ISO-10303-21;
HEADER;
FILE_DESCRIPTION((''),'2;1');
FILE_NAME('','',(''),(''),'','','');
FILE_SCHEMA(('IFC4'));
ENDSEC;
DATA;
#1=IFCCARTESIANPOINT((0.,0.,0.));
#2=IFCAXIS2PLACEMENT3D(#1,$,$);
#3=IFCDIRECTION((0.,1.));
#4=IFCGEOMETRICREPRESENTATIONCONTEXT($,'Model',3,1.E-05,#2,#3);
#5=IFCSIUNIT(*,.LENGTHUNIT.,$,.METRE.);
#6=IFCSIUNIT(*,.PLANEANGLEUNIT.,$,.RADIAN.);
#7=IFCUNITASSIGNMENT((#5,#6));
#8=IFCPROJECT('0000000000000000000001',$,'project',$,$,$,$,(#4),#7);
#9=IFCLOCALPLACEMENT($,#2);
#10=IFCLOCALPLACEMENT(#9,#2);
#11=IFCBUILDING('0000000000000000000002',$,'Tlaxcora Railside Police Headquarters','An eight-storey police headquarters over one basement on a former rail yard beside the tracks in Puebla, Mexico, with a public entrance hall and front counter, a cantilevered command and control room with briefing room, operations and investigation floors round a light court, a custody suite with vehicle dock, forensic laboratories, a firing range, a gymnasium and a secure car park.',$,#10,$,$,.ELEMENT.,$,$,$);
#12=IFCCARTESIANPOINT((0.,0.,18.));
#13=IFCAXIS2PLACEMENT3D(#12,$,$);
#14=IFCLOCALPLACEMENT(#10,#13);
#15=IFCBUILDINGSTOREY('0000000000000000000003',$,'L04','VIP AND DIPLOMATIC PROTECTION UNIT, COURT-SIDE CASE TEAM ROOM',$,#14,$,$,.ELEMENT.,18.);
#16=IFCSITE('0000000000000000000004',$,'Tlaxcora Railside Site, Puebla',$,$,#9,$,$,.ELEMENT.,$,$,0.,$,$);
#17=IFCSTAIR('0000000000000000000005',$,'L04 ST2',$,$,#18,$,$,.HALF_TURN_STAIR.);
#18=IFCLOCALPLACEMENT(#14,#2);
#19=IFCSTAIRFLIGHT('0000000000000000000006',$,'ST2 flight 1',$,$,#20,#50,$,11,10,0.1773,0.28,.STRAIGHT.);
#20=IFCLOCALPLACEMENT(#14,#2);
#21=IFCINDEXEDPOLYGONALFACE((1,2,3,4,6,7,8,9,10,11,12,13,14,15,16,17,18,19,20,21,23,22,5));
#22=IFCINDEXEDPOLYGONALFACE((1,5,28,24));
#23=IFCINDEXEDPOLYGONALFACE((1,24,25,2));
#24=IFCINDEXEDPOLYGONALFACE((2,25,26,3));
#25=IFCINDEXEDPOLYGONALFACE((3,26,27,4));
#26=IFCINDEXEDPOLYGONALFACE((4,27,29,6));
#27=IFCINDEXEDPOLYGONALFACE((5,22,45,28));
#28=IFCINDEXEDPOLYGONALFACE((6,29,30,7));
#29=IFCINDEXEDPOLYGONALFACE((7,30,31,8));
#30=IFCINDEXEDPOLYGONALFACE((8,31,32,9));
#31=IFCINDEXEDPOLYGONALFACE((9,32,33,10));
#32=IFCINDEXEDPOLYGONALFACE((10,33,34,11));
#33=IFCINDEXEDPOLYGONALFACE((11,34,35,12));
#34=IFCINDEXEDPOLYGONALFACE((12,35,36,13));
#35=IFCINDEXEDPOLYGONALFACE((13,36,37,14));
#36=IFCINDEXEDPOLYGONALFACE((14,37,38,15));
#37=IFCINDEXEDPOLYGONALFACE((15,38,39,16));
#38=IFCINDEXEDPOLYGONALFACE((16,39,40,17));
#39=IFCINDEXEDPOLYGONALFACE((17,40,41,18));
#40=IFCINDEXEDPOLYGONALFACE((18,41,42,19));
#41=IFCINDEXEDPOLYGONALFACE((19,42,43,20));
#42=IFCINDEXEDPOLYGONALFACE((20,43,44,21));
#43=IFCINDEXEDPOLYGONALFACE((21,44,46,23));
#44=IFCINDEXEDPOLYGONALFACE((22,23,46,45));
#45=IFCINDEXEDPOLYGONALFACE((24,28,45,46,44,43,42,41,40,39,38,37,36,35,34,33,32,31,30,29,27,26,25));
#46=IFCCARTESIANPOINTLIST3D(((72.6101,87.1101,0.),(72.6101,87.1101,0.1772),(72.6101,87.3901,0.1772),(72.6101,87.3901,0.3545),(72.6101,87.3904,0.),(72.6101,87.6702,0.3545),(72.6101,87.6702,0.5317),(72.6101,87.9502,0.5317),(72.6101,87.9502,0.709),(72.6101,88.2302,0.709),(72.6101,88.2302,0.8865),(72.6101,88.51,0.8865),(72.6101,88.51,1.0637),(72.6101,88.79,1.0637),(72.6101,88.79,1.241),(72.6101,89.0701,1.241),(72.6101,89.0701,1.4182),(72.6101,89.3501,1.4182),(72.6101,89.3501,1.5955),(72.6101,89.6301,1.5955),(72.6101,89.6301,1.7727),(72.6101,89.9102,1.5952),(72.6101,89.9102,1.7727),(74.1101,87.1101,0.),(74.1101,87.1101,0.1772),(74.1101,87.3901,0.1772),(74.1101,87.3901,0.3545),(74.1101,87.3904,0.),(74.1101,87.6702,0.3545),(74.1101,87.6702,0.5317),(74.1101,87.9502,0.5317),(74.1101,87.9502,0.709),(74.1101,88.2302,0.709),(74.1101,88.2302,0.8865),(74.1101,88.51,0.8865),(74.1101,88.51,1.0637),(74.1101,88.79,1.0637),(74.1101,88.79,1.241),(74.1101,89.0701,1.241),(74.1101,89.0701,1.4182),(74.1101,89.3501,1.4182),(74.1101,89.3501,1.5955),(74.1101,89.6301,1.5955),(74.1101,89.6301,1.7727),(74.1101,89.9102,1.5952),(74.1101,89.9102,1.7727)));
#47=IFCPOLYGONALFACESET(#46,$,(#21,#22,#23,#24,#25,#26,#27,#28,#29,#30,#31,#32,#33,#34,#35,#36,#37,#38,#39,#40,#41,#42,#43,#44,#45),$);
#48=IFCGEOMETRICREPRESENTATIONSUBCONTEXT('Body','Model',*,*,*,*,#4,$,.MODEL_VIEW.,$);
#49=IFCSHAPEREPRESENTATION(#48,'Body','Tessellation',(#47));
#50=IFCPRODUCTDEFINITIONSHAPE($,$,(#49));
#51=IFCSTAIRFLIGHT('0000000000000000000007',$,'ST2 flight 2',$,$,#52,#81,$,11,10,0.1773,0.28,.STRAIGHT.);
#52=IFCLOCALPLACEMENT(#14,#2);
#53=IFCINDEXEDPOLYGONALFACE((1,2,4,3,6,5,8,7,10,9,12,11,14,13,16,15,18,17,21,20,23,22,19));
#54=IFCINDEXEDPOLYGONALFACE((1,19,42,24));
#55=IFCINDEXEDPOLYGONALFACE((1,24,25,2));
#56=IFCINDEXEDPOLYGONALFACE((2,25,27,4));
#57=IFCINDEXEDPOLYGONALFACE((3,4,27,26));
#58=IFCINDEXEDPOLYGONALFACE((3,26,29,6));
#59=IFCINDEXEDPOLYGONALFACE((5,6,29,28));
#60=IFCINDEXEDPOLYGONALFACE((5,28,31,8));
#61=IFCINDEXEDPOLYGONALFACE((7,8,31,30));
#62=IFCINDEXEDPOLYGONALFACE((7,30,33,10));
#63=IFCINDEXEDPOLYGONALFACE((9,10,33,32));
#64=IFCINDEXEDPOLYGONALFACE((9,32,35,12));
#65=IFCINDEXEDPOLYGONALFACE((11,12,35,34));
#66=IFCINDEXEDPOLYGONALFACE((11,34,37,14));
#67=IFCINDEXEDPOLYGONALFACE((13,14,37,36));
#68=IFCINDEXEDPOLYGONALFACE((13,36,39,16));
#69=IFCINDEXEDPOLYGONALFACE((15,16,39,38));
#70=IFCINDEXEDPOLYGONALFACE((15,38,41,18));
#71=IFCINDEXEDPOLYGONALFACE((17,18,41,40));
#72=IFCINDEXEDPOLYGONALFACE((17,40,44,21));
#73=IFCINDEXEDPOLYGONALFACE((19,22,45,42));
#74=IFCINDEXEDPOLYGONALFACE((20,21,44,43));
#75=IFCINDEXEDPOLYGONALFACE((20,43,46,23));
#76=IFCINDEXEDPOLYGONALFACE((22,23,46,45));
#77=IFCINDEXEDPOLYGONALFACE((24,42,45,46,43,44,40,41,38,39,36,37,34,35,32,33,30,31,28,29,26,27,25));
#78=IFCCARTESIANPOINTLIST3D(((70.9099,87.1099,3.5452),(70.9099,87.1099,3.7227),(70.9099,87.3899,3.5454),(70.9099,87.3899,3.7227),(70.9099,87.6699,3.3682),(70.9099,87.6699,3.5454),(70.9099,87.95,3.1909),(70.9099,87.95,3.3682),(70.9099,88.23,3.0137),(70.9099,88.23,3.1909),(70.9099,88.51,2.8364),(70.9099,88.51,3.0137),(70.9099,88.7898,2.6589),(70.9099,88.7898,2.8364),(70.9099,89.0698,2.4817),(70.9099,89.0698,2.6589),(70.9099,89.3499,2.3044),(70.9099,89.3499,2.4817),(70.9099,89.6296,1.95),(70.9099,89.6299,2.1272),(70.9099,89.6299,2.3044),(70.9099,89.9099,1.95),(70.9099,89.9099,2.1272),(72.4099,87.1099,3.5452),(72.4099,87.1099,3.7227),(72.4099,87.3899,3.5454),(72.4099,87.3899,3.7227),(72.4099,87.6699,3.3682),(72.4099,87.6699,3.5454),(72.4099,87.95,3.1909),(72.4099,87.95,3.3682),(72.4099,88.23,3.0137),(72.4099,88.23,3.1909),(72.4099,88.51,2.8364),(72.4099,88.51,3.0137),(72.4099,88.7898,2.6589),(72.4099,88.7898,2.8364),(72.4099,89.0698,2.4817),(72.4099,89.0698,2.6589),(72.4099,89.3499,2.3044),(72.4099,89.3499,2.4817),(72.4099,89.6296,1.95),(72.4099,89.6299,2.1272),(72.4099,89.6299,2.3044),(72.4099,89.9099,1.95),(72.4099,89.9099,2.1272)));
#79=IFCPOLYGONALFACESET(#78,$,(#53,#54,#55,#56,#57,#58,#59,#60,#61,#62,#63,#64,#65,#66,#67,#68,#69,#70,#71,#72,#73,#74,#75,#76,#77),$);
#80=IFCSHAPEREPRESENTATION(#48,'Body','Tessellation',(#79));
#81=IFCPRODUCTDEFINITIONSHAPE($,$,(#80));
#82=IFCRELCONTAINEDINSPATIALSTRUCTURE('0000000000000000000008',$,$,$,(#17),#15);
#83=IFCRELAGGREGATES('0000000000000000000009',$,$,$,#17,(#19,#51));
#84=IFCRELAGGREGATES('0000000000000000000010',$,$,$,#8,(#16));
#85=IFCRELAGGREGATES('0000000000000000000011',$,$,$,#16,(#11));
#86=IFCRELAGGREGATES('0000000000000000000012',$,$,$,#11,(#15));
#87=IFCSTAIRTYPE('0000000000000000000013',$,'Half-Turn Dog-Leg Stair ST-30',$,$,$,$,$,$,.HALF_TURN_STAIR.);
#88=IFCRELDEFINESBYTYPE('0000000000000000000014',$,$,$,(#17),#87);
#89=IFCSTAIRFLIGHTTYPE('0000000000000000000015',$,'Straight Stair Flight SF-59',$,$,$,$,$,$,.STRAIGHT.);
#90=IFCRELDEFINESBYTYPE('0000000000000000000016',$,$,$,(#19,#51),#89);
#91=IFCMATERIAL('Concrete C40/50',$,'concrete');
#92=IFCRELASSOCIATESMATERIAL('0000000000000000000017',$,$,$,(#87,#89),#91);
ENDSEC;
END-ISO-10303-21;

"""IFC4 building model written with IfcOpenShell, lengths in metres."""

from ifc_helpers import new_model, si_unit, direction, frame, origin, place, context, subcontext, project, spatial, polyline, outline, extrude, material, type_object, element, aggregate, save


model = new_model("IFC4")

# Units and contexts
model_context = context("Model", 3, precision=1e-05, world=origin(), true_north=direction((0.0, 1.0)))
body_context = subcontext(model_context, "Body", "Model", "MODEL_VIEW")
ifc_project = project(units=[si_unit("LENGTHUNIT", "METRE"), si_unit("PLANEANGLEUNIT", "RADIAN")], contexts=[model_context])

# Site, building, storey
site_placement = place(None, origin())
site = spatial("IfcSite", under=ifc_project, at=site_placement, Name="Tlaxcora Railside Site, Puebla", CompositionType="ELEMENT", RefElevation=0.0)
building_placement = place(site_placement, origin())
building = spatial("IfcBuilding", under=site, at=building_placement, Name="Tlaxcora Railside Police Headquarters", Description="An eight-storey police headquarters over one basement on a former rail yard beside the tracks in Puebla, Mexico, with a public entrance hall and front counter, a cantilevered command and control room with briefing room, operations and investigation floors round a light court, a custody suite with vehicle dock, forensic laboratories, a firing range, a gymnasium and a secure car park.", CompositionType="ELEMENT")
storey_placement = place(building_placement, frame((0.0, 0.0, 18.0)))
storey = spatial("IfcBuildingStorey", under=building, at=storey_placement, Name="L04", Description="VIP AND DIPLOMATIC PROTECTION UNIT, COURT-SIDE CASE TEAM ROOM", CompositionType="ELEMENT", Elevation=18.0)

# Shared definitions
ifc_material_1 = material(Name="Concrete C40/50", Category="concrete")

# Stair, stair flights
stair_type = type_object("IfcStairType", Name="Half-Turn Dog-Leg Stair ST-30", PredefinedType="HALF_TURN_STAIR", material=ifc_material_1)
stair_placement = place(storey_placement, origin())
stair = element("IfcStair", 1, at=stair_placement, inside=storey, type_object=stair_type, Name="L04 ST2", PredefinedType="HALF_TURN_STAIR")
stair_flight_type = type_object("IfcStairFlightType", Name="Straight Stair Flight SF-59", PredefinedType="STRAIGHT", material=ifc_material_1)
stair_flight_1_placement = place(storey_placement, frame((73.3601, 87.1101, 0.0), z_axis=(0.0, 0.0, 1.0), x_axis=(0.0, 1.0, 0.0)))
stair_flight_1 = element("IfcStairFlight", 2, at=stair_flight_1_placement, type_object=stair_flight_type, Name="ST2 flight 1", NumberOfRisers=11, NumberOfTreads=10, PredefinedType="STRAIGHT", RiserHeight=0.1773, TreadLength=0.28, context=body_context, shape_type="SweptSolid", body=[
    extrude(outline(polyline([(0.0, 0.0), (0.0, 0.1772), (0.28, 0.1772), (0.28, 0.3545), (0.5601, 0.3545), (0.5601, 0.5317), (0.8401, 0.5317), (0.8401, 0.709), (1.1201, 0.709), (1.1201, 0.8865), (1.3999, 0.8865), (1.3999, 1.0637), (1.6799, 1.0637), (1.6799, 1.241), (1.96, 1.241), (1.96, 1.4182), (2.24, 1.4182), (2.24, 1.5955), (2.52, 1.5955), (2.52, 1.7727), (2.8, 1.7727), (2.8, 1.95), (2.8, 1.5952), (0.2803, 0.0), (0.0, 0.0)])), frame((0.0, 0.75, 0.0), z_axis=(0.0, -1.0, 0.0), x_axis=(1.0, 0.0, 0.0)), (0.0, 0.0, 1.0), 1.5),
])
stair_flight_2_placement = place(storey_placement, frame((71.6599, 89.9099, 1.95), z_axis=(0.0, 0.0, 1.0), x_axis=(0.0, -1.0, 0.0)))
stair_flight_2 = element("IfcStairFlight", 3, at=stair_flight_2_placement, type_object=stair_flight_type, Name="ST2 flight 2", NumberOfRisers=11, NumberOfTreads=10, PredefinedType="STRAIGHT", RiserHeight=0.1773, TreadLength=0.28, context=body_context, shape_type="SweptSolid", body=[
    extrude(outline(polyline([(0.0, 0.0), (0.0, 0.1772), (0.28, 0.1772), (0.28, 0.3545), (0.5601, 0.3545), (0.5601, 0.5317), (0.8401, 0.5317), (0.8401, 0.709), (1.1201, 0.709), (1.1201, 0.8865), (1.3999, 0.8865), (1.3999, 1.0637), (1.6799, 1.0637), (1.6799, 1.241), (1.96, 1.241), (1.96, 1.4182), (2.24, 1.4182), (2.24, 1.5955), (2.52, 1.5955), (2.52, 1.7727), (2.8, 1.7727), (2.8, 1.95), (2.8, 1.5952), (0.2803, 0.0), (0.0, 0.0)])), frame((0.0, 0.75, 0.0), z_axis=(0.0, -1.0, 0.0), x_axis=(1.0, 0.0, 0.0)), (0.0, 0.0, 1.0), 1.5),
])
aggregate(stair, [stair_flight_1, stair_flight_2])

save(model, "model.ifc")
